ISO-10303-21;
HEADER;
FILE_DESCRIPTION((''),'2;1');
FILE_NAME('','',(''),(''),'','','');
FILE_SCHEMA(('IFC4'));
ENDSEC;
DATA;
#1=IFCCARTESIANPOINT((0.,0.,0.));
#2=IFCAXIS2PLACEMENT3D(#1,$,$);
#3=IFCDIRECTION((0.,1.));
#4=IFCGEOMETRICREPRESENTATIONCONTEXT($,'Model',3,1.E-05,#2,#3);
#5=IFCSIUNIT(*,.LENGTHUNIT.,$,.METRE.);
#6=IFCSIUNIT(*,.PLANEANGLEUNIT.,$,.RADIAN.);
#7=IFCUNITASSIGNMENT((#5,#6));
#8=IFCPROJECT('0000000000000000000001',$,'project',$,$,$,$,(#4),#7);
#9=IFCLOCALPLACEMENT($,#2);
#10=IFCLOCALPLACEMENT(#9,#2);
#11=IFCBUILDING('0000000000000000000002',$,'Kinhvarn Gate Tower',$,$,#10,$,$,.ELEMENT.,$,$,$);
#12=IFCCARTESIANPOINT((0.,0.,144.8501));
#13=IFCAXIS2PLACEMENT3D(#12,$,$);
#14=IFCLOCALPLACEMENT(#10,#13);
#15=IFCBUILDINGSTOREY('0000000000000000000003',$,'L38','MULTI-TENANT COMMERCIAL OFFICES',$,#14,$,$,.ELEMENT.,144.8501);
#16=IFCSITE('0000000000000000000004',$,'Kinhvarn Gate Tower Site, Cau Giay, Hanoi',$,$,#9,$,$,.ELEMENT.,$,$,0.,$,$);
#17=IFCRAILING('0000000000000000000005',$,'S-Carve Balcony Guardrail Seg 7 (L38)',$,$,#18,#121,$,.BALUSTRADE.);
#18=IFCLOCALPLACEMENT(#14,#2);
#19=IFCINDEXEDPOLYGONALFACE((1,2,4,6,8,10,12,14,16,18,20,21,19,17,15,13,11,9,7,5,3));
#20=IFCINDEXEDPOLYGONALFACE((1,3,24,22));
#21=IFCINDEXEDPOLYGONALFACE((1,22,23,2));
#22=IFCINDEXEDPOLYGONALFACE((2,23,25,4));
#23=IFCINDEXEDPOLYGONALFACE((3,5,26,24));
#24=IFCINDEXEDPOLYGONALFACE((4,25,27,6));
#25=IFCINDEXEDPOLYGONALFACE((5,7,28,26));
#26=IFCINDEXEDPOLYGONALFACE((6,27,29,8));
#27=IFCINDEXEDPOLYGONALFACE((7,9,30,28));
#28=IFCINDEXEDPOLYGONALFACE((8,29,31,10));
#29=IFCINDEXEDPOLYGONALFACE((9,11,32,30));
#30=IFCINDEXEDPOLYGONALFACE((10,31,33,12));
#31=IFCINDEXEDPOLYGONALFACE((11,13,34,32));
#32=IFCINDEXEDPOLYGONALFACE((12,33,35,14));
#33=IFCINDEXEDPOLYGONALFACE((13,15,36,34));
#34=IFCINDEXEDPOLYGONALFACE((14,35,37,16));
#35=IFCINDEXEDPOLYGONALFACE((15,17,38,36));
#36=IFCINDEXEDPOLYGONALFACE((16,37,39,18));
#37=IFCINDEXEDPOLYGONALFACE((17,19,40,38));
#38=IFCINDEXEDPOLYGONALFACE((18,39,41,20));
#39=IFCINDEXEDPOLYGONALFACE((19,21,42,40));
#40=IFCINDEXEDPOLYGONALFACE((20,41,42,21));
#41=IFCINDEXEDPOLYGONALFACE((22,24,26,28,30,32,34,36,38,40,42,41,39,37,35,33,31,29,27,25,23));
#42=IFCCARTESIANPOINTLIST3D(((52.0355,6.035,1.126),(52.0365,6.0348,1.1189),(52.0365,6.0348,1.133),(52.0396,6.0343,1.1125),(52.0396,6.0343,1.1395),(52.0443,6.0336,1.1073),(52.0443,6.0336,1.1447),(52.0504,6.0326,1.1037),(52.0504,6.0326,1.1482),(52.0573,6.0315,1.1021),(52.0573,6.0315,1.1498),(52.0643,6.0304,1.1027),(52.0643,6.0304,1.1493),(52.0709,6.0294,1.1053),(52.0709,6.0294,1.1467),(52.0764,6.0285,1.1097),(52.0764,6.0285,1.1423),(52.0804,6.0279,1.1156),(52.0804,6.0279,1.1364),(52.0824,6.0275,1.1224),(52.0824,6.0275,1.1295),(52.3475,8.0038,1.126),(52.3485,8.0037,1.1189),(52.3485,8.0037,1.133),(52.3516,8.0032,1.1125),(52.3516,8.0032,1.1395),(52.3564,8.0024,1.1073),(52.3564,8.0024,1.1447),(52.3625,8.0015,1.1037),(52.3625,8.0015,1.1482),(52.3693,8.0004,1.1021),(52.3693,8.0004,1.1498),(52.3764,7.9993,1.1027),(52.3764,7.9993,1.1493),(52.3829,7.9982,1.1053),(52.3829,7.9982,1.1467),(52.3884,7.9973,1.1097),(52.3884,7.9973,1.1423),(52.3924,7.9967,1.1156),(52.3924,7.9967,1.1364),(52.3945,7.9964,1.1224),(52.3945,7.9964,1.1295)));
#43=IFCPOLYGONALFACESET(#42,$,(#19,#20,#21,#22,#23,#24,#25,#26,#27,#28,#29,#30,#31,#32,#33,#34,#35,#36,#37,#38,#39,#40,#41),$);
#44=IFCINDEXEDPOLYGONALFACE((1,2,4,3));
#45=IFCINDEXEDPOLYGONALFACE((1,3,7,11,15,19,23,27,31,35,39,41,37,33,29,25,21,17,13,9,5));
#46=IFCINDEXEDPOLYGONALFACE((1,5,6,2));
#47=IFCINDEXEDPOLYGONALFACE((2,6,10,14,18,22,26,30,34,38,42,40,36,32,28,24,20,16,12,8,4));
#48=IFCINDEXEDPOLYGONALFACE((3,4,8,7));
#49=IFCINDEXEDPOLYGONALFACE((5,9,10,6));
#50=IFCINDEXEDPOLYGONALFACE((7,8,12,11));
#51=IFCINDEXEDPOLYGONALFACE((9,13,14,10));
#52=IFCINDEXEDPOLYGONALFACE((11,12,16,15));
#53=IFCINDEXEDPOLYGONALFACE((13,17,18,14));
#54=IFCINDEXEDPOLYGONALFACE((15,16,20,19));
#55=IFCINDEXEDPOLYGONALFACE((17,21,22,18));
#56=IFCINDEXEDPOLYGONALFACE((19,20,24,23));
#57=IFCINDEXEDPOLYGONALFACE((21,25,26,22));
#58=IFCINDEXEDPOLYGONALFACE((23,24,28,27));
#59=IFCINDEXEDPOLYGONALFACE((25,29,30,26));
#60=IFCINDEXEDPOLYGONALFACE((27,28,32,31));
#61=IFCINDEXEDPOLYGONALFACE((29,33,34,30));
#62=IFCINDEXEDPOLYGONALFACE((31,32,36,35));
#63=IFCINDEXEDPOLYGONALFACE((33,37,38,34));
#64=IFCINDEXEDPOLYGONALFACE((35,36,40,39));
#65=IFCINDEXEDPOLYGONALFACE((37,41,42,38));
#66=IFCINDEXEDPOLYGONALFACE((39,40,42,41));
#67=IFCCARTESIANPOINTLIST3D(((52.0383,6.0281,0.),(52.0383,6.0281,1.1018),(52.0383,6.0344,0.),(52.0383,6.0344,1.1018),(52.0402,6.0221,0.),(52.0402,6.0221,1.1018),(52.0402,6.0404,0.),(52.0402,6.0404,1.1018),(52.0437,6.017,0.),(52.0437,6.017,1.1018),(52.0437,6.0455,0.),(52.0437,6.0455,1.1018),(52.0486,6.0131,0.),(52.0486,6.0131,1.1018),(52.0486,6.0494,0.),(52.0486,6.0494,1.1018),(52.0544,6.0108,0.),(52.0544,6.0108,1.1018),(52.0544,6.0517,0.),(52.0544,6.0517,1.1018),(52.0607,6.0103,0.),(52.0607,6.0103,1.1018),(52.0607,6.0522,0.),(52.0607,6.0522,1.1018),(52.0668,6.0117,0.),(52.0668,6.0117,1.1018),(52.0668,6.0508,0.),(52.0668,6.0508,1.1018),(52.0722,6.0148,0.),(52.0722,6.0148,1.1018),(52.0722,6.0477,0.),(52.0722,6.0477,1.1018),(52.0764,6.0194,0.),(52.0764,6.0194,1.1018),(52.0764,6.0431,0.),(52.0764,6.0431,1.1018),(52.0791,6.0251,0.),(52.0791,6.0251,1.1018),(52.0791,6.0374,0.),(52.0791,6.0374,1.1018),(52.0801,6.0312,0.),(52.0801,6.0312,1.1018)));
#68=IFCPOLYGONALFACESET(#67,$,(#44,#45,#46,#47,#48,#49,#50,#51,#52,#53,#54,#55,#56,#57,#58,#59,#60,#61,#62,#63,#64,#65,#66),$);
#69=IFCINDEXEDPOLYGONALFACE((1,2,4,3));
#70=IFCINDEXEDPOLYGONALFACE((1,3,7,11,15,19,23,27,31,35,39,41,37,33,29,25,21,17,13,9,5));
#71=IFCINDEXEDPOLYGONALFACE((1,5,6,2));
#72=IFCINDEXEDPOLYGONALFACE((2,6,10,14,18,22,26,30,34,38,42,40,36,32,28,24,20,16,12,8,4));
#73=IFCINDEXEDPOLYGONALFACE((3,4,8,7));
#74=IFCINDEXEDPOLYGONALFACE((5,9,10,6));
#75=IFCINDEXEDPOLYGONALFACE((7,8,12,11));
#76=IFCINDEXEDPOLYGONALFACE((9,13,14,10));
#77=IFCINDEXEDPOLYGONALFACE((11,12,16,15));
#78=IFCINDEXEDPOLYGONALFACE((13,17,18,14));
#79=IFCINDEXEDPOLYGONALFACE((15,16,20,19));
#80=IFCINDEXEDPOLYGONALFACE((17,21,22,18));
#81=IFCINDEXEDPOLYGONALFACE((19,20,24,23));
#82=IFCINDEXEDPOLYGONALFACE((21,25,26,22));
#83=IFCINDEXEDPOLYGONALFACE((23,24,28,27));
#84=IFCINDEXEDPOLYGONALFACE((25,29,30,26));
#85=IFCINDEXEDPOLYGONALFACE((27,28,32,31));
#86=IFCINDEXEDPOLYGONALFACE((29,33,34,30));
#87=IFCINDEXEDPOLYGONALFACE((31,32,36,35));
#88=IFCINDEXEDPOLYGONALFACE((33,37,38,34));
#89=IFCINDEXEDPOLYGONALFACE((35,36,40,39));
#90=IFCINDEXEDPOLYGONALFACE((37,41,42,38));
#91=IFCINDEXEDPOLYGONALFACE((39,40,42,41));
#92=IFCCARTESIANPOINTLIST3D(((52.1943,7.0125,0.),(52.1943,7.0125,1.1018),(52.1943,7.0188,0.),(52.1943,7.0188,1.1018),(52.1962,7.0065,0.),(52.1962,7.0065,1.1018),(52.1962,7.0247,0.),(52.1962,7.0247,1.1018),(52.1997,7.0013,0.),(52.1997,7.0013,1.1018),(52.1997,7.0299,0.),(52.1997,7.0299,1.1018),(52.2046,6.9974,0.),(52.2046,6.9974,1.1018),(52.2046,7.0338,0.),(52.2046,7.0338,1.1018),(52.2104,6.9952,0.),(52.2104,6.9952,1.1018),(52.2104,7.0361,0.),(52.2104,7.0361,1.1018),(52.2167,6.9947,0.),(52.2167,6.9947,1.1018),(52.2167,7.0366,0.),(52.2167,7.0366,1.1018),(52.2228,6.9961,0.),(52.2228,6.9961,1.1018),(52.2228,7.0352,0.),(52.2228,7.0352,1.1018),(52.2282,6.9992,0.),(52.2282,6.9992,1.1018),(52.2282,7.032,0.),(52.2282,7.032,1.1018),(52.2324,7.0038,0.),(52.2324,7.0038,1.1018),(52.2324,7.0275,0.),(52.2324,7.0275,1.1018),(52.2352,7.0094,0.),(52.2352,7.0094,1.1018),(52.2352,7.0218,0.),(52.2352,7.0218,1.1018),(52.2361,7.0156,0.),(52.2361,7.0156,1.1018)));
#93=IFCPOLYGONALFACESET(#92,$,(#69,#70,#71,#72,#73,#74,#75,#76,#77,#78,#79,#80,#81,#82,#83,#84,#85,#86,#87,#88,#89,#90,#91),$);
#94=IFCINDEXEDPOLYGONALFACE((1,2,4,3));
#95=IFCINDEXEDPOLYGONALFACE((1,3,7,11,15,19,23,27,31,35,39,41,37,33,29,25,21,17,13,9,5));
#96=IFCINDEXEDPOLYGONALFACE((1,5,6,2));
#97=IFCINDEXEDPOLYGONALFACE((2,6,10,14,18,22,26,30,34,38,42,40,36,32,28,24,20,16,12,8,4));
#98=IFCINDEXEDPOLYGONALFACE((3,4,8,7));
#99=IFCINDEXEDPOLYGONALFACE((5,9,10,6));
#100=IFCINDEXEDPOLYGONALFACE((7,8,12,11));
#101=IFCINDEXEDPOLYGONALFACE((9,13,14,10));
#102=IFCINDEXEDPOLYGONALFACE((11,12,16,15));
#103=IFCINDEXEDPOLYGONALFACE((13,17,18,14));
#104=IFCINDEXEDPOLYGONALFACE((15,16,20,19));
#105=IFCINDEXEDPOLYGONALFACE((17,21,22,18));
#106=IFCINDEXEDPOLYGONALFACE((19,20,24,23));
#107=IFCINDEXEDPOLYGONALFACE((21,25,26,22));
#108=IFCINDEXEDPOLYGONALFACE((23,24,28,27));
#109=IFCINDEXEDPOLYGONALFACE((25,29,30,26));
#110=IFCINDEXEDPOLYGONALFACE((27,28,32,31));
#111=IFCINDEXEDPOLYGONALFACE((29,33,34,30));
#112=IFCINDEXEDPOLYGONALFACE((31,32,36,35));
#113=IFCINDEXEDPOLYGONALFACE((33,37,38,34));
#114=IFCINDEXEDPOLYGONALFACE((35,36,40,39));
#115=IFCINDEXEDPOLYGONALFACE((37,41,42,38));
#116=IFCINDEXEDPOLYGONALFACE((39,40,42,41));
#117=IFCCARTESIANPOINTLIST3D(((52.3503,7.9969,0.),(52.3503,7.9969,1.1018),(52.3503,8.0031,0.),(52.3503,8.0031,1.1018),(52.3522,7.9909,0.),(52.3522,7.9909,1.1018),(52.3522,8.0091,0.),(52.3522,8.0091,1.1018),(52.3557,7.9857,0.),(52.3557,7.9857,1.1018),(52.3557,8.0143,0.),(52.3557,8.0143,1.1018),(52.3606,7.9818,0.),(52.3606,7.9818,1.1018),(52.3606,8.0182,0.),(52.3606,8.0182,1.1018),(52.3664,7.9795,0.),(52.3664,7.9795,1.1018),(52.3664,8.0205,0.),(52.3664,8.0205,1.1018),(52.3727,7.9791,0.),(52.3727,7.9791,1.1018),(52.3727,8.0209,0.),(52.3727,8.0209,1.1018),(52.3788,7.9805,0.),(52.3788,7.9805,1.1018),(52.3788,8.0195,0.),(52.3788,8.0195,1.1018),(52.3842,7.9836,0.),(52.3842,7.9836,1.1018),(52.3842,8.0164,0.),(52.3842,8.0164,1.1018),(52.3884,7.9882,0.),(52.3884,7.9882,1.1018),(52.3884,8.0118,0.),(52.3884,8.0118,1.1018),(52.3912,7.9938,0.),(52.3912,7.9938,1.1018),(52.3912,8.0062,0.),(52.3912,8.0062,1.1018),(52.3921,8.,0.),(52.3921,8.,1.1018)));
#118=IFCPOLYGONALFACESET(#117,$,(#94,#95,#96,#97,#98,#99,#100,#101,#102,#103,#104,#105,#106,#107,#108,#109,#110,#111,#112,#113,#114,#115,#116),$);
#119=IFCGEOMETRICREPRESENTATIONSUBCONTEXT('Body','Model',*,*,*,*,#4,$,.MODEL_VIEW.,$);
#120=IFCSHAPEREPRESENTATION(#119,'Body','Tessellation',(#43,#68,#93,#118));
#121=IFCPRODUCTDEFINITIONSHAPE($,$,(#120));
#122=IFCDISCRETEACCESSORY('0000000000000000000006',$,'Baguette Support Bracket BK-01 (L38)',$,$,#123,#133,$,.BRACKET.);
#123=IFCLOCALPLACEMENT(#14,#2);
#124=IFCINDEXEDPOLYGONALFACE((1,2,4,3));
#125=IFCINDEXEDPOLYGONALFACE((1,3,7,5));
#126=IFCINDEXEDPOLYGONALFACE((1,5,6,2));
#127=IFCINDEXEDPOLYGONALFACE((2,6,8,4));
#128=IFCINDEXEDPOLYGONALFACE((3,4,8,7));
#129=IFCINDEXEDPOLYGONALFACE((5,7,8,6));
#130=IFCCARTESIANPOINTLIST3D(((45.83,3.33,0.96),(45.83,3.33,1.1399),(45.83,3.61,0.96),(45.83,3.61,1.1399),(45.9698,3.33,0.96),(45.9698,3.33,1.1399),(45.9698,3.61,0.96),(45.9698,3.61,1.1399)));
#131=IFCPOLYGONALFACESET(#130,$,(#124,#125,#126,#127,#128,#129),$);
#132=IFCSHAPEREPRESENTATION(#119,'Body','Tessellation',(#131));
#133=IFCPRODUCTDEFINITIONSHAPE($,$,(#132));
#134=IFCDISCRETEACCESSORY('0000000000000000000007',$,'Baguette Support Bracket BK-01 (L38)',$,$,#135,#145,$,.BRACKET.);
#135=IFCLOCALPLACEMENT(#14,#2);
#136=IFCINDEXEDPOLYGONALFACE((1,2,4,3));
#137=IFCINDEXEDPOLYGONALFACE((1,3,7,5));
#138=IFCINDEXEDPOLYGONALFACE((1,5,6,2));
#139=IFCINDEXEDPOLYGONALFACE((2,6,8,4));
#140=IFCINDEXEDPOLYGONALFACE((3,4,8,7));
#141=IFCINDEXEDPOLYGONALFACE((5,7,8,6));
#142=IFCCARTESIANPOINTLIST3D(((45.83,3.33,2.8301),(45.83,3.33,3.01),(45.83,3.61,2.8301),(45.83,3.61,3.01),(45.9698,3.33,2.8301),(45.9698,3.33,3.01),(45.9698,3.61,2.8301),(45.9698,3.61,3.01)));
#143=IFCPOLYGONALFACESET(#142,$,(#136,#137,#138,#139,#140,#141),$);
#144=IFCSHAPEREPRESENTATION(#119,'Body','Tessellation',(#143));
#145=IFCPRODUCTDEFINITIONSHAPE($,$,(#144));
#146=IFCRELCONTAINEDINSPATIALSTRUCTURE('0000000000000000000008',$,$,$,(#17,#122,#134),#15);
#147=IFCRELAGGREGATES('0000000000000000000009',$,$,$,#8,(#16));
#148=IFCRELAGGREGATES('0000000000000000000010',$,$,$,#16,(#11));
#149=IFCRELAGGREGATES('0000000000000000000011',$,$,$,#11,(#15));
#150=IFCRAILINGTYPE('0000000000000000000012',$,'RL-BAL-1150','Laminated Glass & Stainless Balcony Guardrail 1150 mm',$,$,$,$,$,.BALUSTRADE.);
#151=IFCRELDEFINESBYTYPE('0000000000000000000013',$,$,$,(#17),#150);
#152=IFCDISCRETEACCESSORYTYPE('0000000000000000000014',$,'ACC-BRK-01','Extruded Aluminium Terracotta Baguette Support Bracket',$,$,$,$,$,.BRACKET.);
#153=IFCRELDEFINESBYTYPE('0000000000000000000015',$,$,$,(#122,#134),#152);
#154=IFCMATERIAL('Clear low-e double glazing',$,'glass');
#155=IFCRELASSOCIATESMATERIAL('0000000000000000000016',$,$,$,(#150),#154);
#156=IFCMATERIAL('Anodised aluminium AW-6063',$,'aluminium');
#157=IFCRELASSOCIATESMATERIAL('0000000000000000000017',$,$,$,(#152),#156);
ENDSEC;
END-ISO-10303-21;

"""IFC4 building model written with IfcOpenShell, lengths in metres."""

from ifc_helpers import new_model, si_unit, direction, frame, origin, origin_2d, place, context, subcontext, project, spatial, rectangle, circle, extrude, material, type_object, element, save


model = new_model("IFC4")

# Units and contexts
model_context = context("Model", 3, precision=1e-05, world=origin(), true_north=direction((0.0, 1.0)))
body_context = subcontext(model_context, "Body", "Model", "MODEL_VIEW")
ifc_project = project(units=[si_unit("LENGTHUNIT", "METRE"), si_unit("PLANEANGLEUNIT", "RADIAN")], contexts=[model_context])

# Site, building, storey
site_placement = place(None, origin())
site = spatial("IfcSite", under=ifc_project, at=site_placement, Name="Kinhvarn Gate Tower Site, Cau Giay, Hanoi", CompositionType="ELEMENT", RefElevation=0.0)
building_placement = place(site_placement, origin())
building = spatial("IfcBuilding", under=site, at=building_placement, Name="Kinhvarn Gate Tower", CompositionType="ELEMENT")
storey_placement = place(building_placement, frame((0.0, 0.0, 144.8501)))
storey = spatial("IfcBuildingStorey", under=building, at=storey_placement, Name="L38", Description="MULTI-TENANT COMMERCIAL OFFICES", CompositionType="ELEMENT", Elevation=144.8501)

# Shared definitions
ifc_material_1 = material(Name="Anodised aluminium AW-6063", Category="aluminium")

# Shared definitions
ifc_material_2 = material(Name="Clear low-e double glazing", Category="glass")

# Railing
railing_type = type_object("IfcRailingType", Name="RL-BAL-1150", Description="Laminated Glass & Stainless Balcony Guardrail 1150 mm", PredefinedType="BALUSTRADE", material=ifc_material_2)
railing_1_placement = place(storey_placement, frame((52.0591, 6.0312, 0.0)))
element("IfcRailing", 1, at=railing_1_placement, inside=storey, type_object=railing_type, Name="S-Carve Balcony Guardrail Seg 7 (L38)", PredefinedType="BALUSTRADE", context=body_context, shape_type="SweptSolid", body=[
    extrude(circle(Radius=0.0239, at=origin_2d()), frame((0.0, 0.0, 1.126), z_axis=(0.156529, 0.987673, 0.0), x_axis=(-0.987673, 0.156529, 0.0)), (0.0, 0.0, 1.0), 1.9934),
    extrude(circle(Radius=0.021, at=origin_2d()), origin(), (0.0, 0.0, 1.0), 1.1018),
    extrude(circle(Radius=0.021, at=origin_2d()), frame((0.156, 0.9844, 0.0)), (0.0, 0.0, 1.0), 1.1018),
    extrude(circle(Radius=0.021, at=origin_2d()), frame((0.312, 1.9688, 0.0)), (0.0, 0.0, 1.0), 1.1018),
])

# Discrete accessories
discrete_accessory_type = type_object("IfcDiscreteAccessoryType", Name="ACC-BRK-01", Description="Extruded Aluminium Terracotta Baguette Support Bracket", PredefinedType="BRACKET", material=ifc_material_1)
for number, where, z_axis, x_axis, name in (
    (2, (45.8999, 3.47, 0.96), (0.0, 0.0, 1.0), (1.0, 0.0, 0.0), "Baguette Support Bracket BK-01 (L38)"),
    (3, (45.8999, 3.47, 2.8301), (0.0, 0.0, 1.0), (1.0, 0.0, 0.0), "Baguette Support Bracket BK-01 (L38)"),
):
    element("IfcDiscreteAccessory", number, at=place(storey_placement, frame(where, z_axis=z_axis, x_axis=x_axis)), inside=storey, type_object=discrete_accessory_type, Name=name, PredefinedType="BRACKET", context=body_context, shape_type="SweptSolid", body=[
        extrude(rectangle(XDim=0.1399, YDim=0.28, at=origin_2d()), origin(), (0.0, 0.0, 1.0), 0.1799),
    ])

save(model, "model.ifc")
